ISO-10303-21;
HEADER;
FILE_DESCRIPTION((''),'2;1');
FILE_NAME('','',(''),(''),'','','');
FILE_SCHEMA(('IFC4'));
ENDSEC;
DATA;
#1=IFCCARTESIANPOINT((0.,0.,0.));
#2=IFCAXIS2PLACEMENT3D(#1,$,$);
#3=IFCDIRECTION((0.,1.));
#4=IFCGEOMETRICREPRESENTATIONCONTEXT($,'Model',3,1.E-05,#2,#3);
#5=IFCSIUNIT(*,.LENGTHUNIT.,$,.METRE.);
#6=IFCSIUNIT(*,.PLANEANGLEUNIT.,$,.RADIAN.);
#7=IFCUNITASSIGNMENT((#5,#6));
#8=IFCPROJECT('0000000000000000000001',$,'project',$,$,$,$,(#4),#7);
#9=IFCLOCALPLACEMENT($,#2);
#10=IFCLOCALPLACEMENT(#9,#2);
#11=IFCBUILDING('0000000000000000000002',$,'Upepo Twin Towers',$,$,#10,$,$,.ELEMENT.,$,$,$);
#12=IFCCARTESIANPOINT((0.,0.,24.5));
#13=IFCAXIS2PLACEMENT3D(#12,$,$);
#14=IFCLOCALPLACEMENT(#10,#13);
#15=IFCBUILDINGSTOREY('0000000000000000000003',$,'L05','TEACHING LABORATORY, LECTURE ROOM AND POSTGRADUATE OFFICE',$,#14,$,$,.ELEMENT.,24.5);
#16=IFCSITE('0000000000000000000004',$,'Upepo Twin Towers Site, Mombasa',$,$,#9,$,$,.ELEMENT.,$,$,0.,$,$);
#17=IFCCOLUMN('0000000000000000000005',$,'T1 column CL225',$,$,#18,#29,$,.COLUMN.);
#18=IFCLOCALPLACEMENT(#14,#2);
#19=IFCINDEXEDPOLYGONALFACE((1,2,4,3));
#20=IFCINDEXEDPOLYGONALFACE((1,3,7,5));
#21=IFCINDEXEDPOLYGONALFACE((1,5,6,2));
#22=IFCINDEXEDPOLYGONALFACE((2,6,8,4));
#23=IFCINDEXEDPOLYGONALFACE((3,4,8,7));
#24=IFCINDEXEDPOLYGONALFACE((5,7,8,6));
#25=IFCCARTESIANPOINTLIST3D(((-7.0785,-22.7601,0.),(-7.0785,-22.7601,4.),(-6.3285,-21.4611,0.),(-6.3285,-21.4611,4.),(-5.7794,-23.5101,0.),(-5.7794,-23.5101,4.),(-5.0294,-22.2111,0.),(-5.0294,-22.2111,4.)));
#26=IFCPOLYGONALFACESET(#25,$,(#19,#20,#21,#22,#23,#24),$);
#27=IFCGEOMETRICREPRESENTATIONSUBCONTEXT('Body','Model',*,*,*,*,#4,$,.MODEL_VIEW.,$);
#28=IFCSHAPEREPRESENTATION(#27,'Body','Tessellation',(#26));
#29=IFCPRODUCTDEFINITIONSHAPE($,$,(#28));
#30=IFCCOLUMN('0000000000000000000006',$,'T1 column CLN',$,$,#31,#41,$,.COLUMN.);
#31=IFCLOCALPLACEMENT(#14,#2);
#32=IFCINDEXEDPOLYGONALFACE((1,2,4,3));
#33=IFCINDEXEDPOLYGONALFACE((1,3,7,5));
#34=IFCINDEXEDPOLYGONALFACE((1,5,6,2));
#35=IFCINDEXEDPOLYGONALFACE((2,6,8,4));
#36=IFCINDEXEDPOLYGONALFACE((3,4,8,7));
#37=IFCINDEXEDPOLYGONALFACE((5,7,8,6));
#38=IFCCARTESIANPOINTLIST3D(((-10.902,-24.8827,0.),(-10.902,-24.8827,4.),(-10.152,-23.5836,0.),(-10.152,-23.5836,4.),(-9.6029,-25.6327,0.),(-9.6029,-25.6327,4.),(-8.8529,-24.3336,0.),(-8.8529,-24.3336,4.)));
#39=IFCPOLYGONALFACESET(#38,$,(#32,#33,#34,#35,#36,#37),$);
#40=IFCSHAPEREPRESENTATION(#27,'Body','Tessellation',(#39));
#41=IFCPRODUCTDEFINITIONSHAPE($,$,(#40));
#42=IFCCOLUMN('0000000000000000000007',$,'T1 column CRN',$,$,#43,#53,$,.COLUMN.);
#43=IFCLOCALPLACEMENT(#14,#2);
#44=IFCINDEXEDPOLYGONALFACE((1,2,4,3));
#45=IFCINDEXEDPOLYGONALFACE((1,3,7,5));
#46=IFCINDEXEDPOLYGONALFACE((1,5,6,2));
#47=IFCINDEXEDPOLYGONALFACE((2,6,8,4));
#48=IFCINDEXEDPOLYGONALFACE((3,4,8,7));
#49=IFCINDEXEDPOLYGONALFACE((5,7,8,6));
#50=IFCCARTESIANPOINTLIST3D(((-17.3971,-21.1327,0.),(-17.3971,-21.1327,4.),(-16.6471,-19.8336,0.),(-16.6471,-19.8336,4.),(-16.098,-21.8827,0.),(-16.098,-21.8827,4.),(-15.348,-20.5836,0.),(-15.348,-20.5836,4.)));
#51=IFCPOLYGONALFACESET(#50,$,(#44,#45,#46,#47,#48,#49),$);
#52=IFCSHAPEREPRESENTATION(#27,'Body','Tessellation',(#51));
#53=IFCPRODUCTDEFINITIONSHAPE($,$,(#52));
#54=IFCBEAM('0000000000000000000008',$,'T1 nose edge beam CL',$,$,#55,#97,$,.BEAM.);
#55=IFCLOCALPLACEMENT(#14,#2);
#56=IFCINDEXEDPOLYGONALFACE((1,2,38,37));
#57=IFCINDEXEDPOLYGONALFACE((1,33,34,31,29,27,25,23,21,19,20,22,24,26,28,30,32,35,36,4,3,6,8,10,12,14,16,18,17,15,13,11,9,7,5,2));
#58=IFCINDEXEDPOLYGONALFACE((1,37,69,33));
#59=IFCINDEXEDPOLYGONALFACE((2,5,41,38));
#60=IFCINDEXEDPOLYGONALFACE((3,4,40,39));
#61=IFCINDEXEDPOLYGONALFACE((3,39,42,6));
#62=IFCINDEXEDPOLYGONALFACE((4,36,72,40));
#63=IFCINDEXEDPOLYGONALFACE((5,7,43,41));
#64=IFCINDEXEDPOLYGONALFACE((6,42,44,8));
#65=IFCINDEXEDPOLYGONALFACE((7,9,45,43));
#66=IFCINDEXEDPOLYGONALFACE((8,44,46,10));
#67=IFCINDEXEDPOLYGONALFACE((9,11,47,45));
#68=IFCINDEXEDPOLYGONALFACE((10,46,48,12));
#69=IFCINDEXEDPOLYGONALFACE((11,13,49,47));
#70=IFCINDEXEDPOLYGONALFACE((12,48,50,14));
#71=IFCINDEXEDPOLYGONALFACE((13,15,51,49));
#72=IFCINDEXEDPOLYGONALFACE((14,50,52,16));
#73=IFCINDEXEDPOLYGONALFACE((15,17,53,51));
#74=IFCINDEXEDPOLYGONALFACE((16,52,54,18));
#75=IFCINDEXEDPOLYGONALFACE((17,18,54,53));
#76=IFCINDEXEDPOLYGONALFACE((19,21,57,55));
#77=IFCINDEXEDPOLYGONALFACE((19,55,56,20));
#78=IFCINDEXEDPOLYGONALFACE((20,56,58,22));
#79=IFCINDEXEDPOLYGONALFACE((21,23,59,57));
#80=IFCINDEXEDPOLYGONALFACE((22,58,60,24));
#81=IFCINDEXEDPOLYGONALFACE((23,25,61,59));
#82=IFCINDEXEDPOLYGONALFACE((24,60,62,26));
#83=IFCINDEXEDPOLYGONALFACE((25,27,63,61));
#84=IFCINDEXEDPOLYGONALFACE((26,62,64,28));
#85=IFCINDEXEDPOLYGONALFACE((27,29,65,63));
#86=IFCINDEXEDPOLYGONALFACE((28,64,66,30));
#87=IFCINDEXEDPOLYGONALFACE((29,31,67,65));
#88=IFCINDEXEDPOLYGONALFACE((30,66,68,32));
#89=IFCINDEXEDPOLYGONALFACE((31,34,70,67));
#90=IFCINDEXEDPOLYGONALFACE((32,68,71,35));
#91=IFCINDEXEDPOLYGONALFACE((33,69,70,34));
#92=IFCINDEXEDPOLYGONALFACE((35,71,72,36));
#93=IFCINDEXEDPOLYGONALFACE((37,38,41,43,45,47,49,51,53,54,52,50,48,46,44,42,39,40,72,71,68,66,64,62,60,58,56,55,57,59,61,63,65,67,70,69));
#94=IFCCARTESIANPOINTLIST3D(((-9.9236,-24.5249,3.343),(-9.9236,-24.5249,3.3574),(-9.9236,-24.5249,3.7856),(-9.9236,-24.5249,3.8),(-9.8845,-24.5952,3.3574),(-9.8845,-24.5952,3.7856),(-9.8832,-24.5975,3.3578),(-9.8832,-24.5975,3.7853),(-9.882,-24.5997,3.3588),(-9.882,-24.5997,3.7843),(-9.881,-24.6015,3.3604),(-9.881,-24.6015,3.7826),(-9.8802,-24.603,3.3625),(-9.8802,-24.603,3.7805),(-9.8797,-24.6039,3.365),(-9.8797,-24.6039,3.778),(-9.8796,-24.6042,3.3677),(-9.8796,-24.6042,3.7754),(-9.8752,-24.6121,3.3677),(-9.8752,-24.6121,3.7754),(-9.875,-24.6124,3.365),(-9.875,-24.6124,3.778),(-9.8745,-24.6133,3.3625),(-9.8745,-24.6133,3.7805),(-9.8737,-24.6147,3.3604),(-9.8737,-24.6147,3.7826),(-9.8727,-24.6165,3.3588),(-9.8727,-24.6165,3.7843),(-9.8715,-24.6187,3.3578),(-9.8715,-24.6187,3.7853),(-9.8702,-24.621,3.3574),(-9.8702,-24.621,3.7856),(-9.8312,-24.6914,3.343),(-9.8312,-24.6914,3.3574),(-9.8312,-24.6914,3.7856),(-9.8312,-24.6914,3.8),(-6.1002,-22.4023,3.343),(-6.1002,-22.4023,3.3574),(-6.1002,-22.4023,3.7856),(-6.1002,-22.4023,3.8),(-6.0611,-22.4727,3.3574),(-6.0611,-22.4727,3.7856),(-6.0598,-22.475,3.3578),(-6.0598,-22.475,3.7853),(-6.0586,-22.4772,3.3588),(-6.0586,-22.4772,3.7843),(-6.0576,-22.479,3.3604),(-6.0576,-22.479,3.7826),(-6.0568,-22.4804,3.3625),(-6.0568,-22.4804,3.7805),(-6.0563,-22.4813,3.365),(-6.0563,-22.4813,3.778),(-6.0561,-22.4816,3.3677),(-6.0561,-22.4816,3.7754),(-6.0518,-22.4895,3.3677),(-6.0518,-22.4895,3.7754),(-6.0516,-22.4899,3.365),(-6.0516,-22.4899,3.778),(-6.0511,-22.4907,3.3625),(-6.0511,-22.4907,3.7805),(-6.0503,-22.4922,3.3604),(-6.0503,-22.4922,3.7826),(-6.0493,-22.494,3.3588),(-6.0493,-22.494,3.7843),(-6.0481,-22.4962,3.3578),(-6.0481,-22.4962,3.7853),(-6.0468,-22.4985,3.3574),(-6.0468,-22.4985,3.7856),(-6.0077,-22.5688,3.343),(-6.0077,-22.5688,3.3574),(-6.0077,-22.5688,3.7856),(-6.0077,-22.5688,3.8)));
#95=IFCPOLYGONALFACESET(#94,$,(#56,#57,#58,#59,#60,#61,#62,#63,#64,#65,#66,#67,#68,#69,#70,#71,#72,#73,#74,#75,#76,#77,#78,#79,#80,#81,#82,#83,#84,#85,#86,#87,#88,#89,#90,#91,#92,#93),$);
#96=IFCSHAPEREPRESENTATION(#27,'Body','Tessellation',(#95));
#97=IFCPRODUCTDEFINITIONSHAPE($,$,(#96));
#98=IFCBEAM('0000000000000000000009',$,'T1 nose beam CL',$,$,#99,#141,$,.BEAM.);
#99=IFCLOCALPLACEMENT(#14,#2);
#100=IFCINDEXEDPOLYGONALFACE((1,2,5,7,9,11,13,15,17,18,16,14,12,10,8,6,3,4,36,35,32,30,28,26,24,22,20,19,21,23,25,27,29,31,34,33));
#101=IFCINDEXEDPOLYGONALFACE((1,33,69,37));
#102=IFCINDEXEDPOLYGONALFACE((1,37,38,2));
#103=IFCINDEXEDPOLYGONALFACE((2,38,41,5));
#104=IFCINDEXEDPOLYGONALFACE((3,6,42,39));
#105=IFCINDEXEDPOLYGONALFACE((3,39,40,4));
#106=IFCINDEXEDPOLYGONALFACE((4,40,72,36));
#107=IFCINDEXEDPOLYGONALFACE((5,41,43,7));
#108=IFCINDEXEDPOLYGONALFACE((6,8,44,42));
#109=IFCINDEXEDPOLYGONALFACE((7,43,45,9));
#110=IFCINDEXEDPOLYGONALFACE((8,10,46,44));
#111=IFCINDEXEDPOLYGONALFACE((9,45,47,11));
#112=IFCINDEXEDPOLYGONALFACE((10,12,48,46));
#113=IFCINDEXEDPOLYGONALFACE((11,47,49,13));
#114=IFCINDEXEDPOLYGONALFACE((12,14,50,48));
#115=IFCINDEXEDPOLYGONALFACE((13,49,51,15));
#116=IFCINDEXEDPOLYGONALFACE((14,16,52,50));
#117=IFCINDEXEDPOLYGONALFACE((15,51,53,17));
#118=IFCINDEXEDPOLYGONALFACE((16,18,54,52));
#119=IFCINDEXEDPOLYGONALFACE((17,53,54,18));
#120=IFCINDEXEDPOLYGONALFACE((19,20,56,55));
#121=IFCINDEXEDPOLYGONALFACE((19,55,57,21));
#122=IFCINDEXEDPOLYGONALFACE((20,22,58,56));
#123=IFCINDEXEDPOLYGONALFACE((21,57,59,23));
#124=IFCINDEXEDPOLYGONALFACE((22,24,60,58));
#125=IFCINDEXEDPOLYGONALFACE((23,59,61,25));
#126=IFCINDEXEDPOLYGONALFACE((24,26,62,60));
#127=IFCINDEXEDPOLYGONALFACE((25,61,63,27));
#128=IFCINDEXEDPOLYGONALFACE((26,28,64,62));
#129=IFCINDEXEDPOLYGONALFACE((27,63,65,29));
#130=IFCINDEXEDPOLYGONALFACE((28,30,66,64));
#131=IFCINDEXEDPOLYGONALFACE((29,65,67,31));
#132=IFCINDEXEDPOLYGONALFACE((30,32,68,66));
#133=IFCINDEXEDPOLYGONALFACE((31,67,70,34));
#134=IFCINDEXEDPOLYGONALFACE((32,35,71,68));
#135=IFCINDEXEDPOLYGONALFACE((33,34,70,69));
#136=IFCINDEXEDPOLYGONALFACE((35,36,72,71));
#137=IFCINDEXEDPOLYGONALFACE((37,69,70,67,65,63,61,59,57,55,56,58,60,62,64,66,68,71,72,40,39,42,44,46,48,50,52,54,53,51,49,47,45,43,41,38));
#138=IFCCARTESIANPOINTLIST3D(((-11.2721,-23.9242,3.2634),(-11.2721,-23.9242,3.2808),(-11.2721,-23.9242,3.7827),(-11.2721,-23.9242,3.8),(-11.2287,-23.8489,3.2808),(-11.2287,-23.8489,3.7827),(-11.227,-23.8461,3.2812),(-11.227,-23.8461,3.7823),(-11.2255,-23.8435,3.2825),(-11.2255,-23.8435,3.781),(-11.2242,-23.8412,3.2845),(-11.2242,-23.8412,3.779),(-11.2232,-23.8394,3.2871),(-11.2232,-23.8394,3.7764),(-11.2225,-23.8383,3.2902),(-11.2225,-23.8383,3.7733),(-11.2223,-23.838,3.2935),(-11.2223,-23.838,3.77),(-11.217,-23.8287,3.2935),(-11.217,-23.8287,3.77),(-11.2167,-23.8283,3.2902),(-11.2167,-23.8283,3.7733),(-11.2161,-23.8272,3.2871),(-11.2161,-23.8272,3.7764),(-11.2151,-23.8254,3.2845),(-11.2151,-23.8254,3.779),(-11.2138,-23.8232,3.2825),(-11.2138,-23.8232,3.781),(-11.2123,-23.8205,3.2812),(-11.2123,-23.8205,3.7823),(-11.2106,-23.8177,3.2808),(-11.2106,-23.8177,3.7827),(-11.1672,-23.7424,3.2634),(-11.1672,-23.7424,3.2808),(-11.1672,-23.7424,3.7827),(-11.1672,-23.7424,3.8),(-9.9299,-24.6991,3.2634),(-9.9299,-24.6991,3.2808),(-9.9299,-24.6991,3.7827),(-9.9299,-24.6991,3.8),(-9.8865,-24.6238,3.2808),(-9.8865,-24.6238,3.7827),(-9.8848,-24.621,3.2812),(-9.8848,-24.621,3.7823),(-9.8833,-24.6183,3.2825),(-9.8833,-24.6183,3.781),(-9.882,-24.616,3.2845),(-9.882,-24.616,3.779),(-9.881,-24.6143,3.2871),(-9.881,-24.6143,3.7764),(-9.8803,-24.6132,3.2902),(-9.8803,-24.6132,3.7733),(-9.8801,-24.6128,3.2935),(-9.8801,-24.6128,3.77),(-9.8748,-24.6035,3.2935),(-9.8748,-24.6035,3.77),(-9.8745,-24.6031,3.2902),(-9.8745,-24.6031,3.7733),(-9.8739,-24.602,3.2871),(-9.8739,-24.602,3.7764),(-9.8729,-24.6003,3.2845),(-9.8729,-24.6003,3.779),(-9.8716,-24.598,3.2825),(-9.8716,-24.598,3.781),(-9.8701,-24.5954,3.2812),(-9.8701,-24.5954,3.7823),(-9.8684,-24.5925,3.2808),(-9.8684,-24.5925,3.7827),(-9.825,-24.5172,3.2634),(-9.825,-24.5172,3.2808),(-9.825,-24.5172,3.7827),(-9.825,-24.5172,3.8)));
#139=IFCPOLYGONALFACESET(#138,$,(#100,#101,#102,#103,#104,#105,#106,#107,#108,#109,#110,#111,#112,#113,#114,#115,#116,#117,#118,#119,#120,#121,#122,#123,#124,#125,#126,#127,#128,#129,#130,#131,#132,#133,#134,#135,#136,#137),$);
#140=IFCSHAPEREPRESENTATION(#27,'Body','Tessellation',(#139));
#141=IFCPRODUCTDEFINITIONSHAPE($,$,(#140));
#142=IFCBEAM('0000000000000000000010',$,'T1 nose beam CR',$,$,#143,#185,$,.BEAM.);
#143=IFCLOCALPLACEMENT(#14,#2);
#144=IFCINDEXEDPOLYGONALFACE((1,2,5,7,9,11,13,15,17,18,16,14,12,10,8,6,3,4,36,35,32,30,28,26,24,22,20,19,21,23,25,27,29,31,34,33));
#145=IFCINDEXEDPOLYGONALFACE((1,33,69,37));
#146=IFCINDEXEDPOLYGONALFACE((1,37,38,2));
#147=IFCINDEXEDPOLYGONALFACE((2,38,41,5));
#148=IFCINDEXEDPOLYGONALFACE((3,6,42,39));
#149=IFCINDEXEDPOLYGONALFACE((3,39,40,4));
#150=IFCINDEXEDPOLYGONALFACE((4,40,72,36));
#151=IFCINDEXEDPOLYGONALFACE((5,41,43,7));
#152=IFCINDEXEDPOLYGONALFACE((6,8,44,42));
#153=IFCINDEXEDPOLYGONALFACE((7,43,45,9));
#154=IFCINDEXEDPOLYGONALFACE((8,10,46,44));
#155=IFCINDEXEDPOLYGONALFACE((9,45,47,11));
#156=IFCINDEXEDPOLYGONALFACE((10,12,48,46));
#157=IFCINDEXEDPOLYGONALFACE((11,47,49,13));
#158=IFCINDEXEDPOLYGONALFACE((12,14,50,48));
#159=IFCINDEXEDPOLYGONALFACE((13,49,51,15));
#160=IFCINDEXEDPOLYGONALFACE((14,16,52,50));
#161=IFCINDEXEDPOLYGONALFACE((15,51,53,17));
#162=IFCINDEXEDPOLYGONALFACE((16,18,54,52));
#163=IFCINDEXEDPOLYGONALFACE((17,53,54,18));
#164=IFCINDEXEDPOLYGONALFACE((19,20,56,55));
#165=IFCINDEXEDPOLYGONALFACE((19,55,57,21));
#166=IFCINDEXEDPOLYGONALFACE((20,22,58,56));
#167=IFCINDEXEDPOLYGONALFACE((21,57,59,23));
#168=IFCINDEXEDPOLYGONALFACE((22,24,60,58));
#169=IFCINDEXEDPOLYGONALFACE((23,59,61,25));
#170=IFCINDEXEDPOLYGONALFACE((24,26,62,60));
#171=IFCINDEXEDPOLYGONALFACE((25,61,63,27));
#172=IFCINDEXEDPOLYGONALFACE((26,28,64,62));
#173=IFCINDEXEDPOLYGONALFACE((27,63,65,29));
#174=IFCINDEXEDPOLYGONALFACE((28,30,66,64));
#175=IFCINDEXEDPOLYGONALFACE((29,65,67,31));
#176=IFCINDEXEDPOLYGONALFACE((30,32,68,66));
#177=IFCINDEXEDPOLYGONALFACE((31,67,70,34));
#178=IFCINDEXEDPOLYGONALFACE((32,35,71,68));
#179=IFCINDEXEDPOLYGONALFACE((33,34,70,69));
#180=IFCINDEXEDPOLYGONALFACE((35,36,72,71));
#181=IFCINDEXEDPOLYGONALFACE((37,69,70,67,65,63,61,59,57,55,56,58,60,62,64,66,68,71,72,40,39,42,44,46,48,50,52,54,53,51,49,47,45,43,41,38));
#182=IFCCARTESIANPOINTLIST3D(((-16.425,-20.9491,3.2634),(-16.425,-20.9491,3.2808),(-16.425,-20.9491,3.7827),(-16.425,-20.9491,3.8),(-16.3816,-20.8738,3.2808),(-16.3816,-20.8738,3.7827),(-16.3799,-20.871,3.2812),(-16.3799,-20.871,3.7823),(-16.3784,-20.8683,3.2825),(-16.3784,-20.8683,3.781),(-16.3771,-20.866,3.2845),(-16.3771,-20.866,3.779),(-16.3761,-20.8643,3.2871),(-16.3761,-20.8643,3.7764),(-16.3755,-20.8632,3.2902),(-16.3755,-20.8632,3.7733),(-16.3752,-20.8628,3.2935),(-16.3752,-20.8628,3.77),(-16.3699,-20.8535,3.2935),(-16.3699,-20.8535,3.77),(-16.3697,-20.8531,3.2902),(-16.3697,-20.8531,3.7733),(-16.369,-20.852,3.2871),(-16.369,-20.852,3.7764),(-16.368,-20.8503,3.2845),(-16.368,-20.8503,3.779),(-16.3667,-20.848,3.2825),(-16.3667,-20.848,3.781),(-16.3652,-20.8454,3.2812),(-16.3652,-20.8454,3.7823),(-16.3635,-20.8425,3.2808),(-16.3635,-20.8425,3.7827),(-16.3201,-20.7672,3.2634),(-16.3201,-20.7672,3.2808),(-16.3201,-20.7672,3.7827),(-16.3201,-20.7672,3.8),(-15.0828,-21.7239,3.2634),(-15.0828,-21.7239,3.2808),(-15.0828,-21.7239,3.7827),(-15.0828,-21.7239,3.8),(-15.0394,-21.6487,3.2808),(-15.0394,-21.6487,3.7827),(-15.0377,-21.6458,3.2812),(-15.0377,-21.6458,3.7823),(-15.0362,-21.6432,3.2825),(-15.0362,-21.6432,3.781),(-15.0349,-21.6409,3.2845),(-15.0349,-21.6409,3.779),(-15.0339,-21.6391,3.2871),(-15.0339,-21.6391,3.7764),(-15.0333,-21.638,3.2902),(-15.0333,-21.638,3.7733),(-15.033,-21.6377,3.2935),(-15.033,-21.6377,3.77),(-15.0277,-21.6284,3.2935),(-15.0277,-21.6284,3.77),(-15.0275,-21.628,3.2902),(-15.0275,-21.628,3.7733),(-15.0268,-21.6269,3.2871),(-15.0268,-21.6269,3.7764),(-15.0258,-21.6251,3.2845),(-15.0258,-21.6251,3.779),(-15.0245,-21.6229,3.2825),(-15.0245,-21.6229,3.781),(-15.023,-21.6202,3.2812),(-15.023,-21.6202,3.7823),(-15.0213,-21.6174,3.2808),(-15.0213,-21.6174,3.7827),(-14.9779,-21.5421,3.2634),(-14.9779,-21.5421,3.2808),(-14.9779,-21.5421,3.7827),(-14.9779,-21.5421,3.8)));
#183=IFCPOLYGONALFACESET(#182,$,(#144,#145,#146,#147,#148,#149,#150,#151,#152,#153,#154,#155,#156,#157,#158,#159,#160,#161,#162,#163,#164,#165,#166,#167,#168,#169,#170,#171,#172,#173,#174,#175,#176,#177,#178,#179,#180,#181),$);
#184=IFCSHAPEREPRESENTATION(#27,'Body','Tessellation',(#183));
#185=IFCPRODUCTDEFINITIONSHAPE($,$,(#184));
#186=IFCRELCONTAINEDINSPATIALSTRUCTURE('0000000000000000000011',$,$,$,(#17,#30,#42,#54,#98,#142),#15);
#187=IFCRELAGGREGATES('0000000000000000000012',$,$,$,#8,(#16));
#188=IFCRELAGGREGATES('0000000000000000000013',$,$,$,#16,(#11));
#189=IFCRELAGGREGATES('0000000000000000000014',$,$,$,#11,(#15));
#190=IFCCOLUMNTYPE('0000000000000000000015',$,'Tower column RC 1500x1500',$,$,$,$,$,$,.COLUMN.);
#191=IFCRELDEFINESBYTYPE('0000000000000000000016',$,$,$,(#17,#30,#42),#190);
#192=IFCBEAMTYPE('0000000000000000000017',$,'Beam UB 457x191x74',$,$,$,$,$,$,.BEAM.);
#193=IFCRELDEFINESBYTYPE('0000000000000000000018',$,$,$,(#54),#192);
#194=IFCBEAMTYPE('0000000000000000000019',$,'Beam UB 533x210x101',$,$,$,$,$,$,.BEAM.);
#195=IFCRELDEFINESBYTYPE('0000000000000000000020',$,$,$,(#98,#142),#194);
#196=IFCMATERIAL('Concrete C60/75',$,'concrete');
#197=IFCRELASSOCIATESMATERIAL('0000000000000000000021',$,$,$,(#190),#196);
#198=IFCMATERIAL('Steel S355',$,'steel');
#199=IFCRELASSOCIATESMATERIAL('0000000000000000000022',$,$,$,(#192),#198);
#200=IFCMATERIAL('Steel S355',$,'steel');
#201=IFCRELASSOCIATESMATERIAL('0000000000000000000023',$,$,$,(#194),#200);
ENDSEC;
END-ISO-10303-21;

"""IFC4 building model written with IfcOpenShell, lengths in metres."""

from ifc_helpers import new_model, si_unit, direction, frame, origin, origin_2d, place, context, subcontext, project, spatial, rectangle, i_section, extrude, material, material_profile, profile_set, type_object, element, save


model = new_model("IFC4")

# Units and contexts
model_context = context("Model", 3, precision=1e-05, world=origin(), true_north=direction((0.0, 1.0)))
body_context = subcontext(model_context, "Body", "Model", "MODEL_VIEW")
ifc_project = project(units=[si_unit("LENGTHUNIT", "METRE"), si_unit("PLANEANGLEUNIT", "RADIAN")], contexts=[model_context])

# Site, building, storey
site_placement = place(None, origin())
site = spatial("IfcSite", under=ifc_project, at=site_placement, Name="Upepo Twin Towers Site, Mombasa", CompositionType="ELEMENT", RefElevation=0.0)
building_placement = place(site_placement, origin())
building = spatial("IfcBuilding", under=site, at=building_placement, Name="Upepo Twin Towers", CompositionType="ELEMENT")
storey_placement = place(building_placement, frame((0.0, 0.0, 24.5)))
storey = spatial("IfcBuildingStorey", under=building, at=storey_placement, Name="L05", Description="TEACHING LABORATORY, LECTURE ROOM AND POSTGRADUATE OFFICE", CompositionType="ELEMENT", Elevation=24.5)

# Columns
ifc_material_1 = material(Name="Concrete C60/75", Category="concrete")
ifc_material_profile_1 = material_profile(ifc_material_1, rectangle(XDim=1.5, YDim=1.5, at=origin_2d()), Name="RC 1500x1500")
ifc_profile_set_1 = profile_set([ifc_material_profile_1], Name="Concrete C60/75")
column_type = type_object("IfcColumnType", Name="Tower column RC 1500x1500", PredefinedType="COLUMN", material=ifc_profile_set_1)
for number, where, z_axis, x_axis, name in (
    (1, (-6.054, -22.4856, 0.0), (0.0, 0.0, 1.0), (0.5, 0.866025, 0.0), "T1 column CL225"),
    (2, (-9.8774, -24.6082, 0.0), (0.0, 0.0, 1.0), (0.5, 0.866025, 0.0), "T1 column CLN"),
    (3, (-16.3726, -20.8582, 0.0), (0.0, 0.0, 1.0), (0.5, 0.866025, 0.0), "T1 column CRN"),
):
    element("IfcColumn", number, at=place(storey_placement, frame(where, z_axis=z_axis, x_axis=x_axis)), inside=storey, type_object=column_type, Name=name, PredefinedType="COLUMN", context=body_context, shape_type="SweptSolid", body=[
        extrude(rectangle(XDim=1.5, YDim=1.5, at=origin_2d()), origin(), (0.0, 0.0, 1.0), 4.0),
    ])

# Beams
ifc_material_2 = material(Name="Steel S355", Category="steel")
ifc_material_profile_2 = material_profile(ifc_material_2, i_section(OverallWidth=0.1904, OverallDepth=0.457, WebThickness=0.009, FlangeThickness=0.0144, FilletRadius=0.0103, at=origin_2d()), Name="UB 457x191x74")
ifc_profile_set_2 = profile_set([ifc_material_profile_2], Name="Steel S355")
beam_type_1 = type_object("IfcBeamType", Name="Beam UB 457x191x74", PredefinedType="BEAM", material=ifc_profile_set_2)
beam_1_placement = place(storey_placement, frame((-6.054, -22.4856, 3.5715), z_axis=(-0.874313, -0.485363, 0.0), x_axis=(0.485363, -0.874313, 0.0)))
element("IfcBeam", 4, at=beam_1_placement, inside=storey, type_object=beam_type_1, Name="T1 nose edge beam CL", PredefinedType="BEAM", context=body_context, shape_type="SweptSolid", body=[
    extrude(i_section(OverallWidth=0.1904, OverallDepth=0.457, WebThickness=0.009, FlangeThickness=0.0144, FilletRadius=0.0103, at=origin_2d()), origin(), (0.0, 0.0, 1.0), 4.373),
])
ifc_material_3 = material(Name="Steel S355", Category="steel")
ifc_material_profile_3 = material_profile(ifc_material_3, i_section(OverallWidth=0.21, OverallDepth=0.5366, WebThickness=0.0107, FlangeThickness=0.0173, FilletRadius=0.0127, at=origin_2d()), Name="UB 533x210x101")
ifc_profile_set_3 = profile_set([ifc_material_profile_3], Name="Steel S355")
beam_type_2 = type_object("IfcBeamType", Name="Beam UB 533x210x101", PredefinedType="BEAM", material=ifc_profile_set_3)
for number, where, z_axis, x_axis, name in (
    (5, (-9.8774, -24.6082, 3.5317), (-0.866044, 0.499968, 0.0), (-0.499968, -0.866044, 0.0), "T1 nose beam CL"),
    (6, (-16.3726, -20.8582, 3.5317), (0.866044, -0.499968, 0.0), (0.499968, 0.866044, 0.0), "T1 nose beam CR"),
):
    element("IfcBeam", number, at=place(storey_placement, frame(where, z_axis=z_axis, x_axis=x_axis)), inside=storey, type_object=beam_type_2, Name=name, PredefinedType="BEAM", context=body_context, shape_type="SweptSolid", body=[
        extrude(i_section(OverallWidth=0.21, OverallDepth=0.5366, WebThickness=0.0107, FlangeThickness=0.0173, FilletRadius=0.0127, at=origin_2d()), origin(), (0.0, 0.0, 1.0), 1.5498),
    ])

save(model, "model.ifc")
